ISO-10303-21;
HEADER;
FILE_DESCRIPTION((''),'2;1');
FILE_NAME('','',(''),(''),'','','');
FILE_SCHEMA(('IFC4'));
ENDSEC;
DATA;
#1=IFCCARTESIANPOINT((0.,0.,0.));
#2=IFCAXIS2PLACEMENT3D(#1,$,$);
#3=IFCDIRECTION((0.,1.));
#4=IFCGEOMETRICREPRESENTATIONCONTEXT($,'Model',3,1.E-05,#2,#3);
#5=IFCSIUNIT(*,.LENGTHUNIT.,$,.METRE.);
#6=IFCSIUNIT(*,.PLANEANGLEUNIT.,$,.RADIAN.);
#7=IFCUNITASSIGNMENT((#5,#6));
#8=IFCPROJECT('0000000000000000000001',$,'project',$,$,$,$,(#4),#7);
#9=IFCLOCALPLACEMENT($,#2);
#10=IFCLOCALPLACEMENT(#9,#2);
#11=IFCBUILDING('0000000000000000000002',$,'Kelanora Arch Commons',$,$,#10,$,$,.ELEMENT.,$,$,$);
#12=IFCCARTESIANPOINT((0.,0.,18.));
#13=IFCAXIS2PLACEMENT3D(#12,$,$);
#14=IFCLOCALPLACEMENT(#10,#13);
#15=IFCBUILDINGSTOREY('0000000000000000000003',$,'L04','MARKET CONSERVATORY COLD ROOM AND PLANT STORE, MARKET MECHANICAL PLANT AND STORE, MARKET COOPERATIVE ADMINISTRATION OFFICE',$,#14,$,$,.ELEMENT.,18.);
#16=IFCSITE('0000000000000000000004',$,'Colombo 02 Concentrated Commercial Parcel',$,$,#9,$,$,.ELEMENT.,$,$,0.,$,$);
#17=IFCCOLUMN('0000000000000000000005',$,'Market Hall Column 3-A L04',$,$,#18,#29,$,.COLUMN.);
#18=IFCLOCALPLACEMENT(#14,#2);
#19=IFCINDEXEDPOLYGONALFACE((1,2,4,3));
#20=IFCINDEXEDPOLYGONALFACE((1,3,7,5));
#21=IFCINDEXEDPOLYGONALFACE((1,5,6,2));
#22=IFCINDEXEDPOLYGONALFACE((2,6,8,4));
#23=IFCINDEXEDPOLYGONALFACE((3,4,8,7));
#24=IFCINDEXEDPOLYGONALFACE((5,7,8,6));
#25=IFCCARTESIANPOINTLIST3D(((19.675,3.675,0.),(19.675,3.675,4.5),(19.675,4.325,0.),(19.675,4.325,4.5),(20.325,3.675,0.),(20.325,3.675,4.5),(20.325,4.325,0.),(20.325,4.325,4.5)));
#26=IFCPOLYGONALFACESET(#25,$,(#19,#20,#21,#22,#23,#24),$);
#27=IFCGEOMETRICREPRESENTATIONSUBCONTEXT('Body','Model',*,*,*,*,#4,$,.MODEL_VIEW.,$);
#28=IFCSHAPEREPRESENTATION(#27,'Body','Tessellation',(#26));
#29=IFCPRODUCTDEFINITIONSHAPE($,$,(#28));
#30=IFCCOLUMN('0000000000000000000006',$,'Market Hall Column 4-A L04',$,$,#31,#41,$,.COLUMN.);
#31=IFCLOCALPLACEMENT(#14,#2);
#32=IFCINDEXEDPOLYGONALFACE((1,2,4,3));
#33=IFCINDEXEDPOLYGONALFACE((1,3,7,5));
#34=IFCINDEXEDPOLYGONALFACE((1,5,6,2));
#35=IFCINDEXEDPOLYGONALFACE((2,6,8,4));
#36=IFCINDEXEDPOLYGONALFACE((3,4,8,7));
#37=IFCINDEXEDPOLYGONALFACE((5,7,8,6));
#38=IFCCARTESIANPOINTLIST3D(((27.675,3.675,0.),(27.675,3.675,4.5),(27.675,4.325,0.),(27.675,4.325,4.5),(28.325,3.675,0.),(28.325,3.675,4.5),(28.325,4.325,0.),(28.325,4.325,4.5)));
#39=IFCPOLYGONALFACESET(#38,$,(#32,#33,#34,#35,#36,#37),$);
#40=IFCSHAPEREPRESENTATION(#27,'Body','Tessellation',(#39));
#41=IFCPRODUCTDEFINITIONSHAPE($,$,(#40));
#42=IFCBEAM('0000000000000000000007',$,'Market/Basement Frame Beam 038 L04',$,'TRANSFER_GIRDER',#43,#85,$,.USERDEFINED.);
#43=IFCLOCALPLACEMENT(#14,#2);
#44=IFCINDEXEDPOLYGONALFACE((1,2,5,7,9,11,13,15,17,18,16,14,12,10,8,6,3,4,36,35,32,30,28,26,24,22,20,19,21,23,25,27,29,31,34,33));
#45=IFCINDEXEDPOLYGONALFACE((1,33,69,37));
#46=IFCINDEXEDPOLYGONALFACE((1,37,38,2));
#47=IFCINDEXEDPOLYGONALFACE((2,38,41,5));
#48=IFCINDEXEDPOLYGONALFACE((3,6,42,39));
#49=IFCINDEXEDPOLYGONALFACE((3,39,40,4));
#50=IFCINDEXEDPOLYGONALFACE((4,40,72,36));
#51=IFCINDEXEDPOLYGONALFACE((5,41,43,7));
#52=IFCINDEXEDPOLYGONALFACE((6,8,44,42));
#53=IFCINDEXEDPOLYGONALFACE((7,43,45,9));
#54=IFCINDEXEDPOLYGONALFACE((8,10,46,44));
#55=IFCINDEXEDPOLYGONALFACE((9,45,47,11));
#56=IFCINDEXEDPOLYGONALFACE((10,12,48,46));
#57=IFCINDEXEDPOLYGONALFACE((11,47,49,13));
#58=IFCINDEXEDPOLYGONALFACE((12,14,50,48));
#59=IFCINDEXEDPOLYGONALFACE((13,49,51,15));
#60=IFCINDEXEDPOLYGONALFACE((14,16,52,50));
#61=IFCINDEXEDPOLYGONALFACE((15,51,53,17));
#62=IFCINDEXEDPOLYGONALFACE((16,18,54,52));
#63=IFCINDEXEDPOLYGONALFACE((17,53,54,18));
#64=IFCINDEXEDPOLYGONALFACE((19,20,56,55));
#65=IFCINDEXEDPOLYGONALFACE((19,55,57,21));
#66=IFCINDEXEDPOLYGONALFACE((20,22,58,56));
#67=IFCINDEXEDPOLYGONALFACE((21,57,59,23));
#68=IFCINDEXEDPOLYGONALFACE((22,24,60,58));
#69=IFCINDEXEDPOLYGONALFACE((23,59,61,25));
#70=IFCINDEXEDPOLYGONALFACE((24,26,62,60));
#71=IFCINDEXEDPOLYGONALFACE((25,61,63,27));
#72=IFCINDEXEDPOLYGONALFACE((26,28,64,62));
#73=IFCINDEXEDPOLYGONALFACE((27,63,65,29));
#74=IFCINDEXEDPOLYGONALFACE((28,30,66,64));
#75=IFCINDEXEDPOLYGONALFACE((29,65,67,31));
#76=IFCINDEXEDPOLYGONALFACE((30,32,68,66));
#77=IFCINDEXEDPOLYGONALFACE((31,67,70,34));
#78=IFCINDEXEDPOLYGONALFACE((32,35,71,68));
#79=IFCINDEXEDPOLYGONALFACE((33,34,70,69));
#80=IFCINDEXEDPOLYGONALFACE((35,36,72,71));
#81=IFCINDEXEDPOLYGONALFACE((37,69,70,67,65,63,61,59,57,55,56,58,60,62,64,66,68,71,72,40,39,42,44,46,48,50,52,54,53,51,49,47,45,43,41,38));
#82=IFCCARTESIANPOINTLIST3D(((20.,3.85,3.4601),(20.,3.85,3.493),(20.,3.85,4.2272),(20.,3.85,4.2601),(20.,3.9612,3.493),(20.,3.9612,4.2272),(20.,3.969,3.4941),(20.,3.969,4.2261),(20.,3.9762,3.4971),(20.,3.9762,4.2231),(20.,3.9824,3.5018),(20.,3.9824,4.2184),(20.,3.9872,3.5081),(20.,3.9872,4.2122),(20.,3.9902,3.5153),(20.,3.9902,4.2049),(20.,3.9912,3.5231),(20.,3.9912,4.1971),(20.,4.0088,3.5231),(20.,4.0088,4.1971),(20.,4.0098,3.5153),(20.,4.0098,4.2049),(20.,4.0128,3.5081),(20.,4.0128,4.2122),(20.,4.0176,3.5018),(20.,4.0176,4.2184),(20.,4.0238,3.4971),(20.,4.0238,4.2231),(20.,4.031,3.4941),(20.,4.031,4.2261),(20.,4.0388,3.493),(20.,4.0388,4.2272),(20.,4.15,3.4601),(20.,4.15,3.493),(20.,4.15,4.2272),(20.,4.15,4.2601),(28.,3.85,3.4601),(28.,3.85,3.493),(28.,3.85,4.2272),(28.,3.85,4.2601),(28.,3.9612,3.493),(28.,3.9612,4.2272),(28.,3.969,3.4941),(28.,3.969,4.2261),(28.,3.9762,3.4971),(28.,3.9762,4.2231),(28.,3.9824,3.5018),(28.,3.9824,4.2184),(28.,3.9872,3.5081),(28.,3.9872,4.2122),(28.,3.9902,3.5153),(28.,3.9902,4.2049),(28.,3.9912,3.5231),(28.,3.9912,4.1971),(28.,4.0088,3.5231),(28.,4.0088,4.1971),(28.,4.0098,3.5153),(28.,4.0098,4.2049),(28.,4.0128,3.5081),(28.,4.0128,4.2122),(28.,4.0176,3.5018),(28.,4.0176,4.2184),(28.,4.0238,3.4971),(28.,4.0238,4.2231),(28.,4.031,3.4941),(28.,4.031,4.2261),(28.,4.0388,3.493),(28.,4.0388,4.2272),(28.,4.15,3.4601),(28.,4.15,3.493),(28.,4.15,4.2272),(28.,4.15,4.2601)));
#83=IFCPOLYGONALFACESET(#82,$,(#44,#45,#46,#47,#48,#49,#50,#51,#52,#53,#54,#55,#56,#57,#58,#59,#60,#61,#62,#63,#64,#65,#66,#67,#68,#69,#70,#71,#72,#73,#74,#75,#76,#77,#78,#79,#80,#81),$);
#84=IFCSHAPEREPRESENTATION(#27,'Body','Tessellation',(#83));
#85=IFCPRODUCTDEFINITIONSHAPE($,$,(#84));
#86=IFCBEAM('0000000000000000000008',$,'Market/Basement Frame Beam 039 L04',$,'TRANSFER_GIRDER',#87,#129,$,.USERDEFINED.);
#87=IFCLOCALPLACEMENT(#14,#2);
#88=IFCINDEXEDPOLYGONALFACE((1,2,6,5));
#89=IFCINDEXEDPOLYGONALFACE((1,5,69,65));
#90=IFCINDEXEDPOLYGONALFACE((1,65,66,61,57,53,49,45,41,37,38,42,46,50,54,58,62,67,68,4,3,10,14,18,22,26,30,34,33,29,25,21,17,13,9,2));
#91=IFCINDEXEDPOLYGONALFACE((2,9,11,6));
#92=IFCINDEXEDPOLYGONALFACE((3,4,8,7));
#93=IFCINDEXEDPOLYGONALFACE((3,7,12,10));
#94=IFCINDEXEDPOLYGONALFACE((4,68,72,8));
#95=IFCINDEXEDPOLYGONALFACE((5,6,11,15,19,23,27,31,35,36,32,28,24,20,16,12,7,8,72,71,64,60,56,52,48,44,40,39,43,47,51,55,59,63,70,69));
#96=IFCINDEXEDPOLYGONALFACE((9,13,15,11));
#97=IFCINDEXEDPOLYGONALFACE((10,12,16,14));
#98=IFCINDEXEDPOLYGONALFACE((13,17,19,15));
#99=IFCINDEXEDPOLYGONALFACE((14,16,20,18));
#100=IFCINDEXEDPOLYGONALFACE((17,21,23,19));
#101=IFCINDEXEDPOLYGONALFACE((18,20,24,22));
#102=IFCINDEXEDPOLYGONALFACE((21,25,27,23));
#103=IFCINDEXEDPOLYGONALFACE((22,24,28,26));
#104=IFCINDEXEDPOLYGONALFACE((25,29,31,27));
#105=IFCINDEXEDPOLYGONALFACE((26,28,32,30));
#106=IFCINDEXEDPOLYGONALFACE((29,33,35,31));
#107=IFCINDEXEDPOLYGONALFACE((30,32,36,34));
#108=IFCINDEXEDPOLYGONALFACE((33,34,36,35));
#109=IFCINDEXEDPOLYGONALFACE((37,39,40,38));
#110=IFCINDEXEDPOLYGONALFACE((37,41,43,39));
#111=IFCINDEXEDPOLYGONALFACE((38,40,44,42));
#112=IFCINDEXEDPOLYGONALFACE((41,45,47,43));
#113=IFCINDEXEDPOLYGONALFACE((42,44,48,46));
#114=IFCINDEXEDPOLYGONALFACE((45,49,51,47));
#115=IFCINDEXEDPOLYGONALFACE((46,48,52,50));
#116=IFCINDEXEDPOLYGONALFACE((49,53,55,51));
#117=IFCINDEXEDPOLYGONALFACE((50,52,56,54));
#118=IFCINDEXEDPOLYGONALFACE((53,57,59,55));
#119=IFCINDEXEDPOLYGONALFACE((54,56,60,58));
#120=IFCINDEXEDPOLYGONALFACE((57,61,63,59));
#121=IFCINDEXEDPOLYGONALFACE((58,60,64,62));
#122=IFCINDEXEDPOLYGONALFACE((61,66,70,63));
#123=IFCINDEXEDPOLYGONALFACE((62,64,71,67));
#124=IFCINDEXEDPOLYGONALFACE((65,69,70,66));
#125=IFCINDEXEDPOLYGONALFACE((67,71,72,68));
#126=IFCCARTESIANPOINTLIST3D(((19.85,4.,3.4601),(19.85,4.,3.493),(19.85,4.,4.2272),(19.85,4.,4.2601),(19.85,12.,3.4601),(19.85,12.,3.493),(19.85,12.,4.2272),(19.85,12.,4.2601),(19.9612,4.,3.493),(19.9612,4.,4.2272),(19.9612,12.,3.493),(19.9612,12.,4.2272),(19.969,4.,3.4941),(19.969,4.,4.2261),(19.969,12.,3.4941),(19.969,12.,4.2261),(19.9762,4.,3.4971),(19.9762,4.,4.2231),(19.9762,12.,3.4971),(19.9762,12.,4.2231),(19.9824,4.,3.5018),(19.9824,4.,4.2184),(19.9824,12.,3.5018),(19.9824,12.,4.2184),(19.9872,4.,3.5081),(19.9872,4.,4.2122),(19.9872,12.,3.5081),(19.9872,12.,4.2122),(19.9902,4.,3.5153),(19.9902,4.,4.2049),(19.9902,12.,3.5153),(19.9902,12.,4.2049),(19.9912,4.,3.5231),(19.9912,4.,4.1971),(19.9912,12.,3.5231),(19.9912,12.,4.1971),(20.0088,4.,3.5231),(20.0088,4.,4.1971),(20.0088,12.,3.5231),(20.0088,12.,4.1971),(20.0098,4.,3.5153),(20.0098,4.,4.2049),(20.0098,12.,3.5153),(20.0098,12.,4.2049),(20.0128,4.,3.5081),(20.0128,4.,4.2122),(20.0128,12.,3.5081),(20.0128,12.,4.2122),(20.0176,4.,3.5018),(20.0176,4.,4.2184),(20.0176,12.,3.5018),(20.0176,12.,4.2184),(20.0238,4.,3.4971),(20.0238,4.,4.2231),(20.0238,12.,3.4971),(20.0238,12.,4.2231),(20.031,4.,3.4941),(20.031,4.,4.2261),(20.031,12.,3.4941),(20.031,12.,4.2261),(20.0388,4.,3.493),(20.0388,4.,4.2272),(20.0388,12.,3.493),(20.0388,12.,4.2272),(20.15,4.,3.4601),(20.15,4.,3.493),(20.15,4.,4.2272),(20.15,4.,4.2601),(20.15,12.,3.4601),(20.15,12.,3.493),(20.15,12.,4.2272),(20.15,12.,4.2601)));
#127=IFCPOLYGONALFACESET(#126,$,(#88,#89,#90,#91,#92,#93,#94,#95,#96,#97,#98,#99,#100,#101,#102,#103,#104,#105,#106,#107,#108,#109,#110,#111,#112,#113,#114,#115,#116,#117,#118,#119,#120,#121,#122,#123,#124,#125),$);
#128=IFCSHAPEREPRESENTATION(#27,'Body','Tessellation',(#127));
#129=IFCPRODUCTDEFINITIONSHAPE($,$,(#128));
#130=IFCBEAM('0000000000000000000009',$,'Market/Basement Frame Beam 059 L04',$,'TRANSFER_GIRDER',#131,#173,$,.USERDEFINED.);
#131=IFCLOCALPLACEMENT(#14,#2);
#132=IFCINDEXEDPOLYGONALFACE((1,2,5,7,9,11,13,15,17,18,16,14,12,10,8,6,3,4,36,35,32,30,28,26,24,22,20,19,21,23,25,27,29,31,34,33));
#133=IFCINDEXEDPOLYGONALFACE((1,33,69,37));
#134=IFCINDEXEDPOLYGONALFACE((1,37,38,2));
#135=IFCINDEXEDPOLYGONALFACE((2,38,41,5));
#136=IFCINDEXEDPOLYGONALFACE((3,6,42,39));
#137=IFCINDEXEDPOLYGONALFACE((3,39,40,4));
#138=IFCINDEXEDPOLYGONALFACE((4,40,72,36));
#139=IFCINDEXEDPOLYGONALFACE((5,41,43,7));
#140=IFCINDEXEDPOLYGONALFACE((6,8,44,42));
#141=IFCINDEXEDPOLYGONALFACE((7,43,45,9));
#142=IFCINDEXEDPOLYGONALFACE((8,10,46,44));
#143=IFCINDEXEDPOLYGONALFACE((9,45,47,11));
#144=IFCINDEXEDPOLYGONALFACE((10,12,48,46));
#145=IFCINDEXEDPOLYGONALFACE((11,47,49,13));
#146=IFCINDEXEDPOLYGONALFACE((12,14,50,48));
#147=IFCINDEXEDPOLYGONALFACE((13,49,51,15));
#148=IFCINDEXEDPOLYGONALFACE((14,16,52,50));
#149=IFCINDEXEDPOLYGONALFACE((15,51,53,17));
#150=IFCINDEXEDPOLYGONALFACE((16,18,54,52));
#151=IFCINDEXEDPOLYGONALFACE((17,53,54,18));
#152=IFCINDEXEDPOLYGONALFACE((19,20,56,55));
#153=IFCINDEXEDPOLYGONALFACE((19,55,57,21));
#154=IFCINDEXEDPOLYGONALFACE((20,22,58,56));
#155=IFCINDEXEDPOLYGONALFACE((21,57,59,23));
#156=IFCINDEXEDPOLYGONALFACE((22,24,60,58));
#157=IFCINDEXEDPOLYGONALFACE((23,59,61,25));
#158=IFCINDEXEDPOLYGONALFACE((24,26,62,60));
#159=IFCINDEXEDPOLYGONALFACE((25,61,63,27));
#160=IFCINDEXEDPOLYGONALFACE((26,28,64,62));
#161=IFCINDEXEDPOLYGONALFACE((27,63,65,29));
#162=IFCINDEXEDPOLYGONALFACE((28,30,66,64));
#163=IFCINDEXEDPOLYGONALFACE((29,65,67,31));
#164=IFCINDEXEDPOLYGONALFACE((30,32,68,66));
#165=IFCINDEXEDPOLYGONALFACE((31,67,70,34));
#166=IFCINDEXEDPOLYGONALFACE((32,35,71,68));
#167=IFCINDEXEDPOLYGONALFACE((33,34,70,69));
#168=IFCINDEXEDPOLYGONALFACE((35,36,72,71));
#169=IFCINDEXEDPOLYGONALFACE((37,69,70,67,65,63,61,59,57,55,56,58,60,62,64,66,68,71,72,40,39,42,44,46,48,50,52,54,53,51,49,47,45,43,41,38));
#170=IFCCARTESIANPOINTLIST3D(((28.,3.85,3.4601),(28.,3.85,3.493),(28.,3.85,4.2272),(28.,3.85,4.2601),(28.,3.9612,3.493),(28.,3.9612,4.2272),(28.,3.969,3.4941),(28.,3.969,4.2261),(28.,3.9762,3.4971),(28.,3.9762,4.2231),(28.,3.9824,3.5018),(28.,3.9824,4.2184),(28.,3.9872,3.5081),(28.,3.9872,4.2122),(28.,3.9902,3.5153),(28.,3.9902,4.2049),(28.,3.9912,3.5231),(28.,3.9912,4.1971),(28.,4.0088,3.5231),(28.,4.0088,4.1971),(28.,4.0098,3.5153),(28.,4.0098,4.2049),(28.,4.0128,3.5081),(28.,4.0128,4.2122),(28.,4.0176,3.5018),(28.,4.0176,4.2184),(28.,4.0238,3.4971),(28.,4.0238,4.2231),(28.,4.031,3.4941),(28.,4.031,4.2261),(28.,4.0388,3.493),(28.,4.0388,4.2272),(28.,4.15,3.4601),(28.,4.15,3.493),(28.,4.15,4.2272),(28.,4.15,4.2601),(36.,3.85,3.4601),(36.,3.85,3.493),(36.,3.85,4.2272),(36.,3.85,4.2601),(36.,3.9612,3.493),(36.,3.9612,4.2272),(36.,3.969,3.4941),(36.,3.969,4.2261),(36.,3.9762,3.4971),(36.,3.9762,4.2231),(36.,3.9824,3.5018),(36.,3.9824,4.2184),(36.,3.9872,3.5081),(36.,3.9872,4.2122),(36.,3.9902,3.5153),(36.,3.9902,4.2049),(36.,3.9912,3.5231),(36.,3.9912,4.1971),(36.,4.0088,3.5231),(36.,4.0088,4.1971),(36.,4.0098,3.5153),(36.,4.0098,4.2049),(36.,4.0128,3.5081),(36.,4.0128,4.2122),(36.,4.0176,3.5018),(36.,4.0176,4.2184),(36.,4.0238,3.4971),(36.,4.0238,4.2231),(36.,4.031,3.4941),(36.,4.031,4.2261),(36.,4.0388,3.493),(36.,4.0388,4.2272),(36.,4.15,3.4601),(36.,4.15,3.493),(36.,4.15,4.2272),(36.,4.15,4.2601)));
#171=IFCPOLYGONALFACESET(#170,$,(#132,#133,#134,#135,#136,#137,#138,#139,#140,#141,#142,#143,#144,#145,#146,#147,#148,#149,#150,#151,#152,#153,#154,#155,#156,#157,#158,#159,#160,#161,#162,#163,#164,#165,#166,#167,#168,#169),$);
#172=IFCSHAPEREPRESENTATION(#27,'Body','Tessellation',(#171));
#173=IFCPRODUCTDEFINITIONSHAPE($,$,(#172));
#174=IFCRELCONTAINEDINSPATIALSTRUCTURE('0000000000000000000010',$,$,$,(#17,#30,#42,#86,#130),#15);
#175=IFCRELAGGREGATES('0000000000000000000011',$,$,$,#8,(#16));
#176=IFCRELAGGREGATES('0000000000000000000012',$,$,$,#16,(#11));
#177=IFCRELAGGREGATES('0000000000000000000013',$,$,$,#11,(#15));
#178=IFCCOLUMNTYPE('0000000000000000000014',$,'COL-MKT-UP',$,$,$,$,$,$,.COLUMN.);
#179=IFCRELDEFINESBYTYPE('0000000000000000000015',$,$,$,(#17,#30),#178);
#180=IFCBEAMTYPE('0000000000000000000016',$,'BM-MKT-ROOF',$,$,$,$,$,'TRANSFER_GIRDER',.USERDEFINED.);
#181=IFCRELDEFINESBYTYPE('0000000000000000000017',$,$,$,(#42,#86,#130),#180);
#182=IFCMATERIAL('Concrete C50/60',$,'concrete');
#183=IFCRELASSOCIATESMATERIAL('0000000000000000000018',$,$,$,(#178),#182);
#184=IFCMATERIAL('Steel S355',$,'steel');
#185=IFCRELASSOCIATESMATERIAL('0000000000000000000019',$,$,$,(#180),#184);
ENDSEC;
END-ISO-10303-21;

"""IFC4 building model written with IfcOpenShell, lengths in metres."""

from ifc_helpers import new_model, si_unit, direction, frame, origin, origin_2d, place, context, subcontext, project, spatial, rectangle, i_section, extrude, material, material_profile, profile_set, type_object, element, save


model = new_model("IFC4")

# Units and contexts
model_context = context("Model", 3, precision=1e-05, world=origin(), true_north=direction((0.0, 1.0)))
body_context = subcontext(model_context, "Body", "Model", "MODEL_VIEW")
ifc_project = project(units=[si_unit("LENGTHUNIT", "METRE"), si_unit("PLANEANGLEUNIT", "RADIAN")], contexts=[model_context])

# Site, building, storey
site_placement = place(None, origin())
site = spatial("IfcSite", under=ifc_project, at=site_placement, Name="Colombo 02 Concentrated Commercial Parcel", CompositionType="ELEMENT", RefElevation=0.0)
building_placement = place(site_placement, origin())
building = spatial("IfcBuilding", under=site, at=building_placement, Name="Kelanora Arch Commons", CompositionType="ELEMENT")
storey_placement = place(building_placement, frame((0.0, 0.0, 18.0)))
storey = spatial("IfcBuildingStorey", under=building, at=storey_placement, Name="L04", Description="MARKET CONSERVATORY COLD ROOM AND PLANT STORE, MARKET MECHANICAL PLANT AND STORE, MARKET COOPERATIVE ADMINISTRATION OFFICE", CompositionType="ELEMENT", Elevation=18.0)

# Columns
ifc_material_1 = material(Name="Concrete C50/60", Category="concrete")
ifc_material_profile_1 = material_profile(ifc_material_1, rectangle(XDim=0.6499, YDim=0.6499, at=origin_2d()), Name="RC650x650")
ifc_profile_set_1 = profile_set([ifc_material_profile_1], Name="Concrete C50/60")
column_type = type_object("IfcColumnType", Name="COL-MKT-UP", PredefinedType="COLUMN", material=ifc_profile_set_1)
for number, where, z_axis, x_axis, name in (
    (1, (20.0, 4.0, 0.0), (0.0, 0.0, 1.0), (1.0, 0.0, 0.0), "Market Hall Column 3-A L04"),
    (2, (28.0, 4.0, 0.0), (0.0, 0.0, 1.0), (1.0, 0.0, 0.0), "Market Hall Column 4-A L04"),
):
    element("IfcColumn", number, at=place(storey_placement, frame(where, z_axis=z_axis, x_axis=x_axis)), inside=storey, type_object=column_type, Name=name, PredefinedType="COLUMN", context=body_context, shape_type="SweptSolid", body=[
        extrude(rectangle(XDim=0.6499, YDim=0.6499, at=origin_2d()), origin(), (0.0, 0.0, 1.0), 4.5),
    ])

# Beams
ifc_material_2 = material(Name="Steel S355", Category="steel")
ifc_material_profile_2 = material_profile(ifc_material_2, i_section(OverallWidth=0.3, OverallDepth=0.8, WebThickness=0.0176, FlangeThickness=0.033, FilletRadius=0.03, at=origin_2d()), Name="HEB800")
ifc_profile_set_2 = profile_set([ifc_material_profile_2], Name="Steel S355")
beam_type = type_object("IfcBeamType", Name="BM-MKT-ROOF", ElementType="TRANSFER_GIRDER", PredefinedType="USERDEFINED", material=ifc_profile_set_2)
for number, where, z_axis, x_axis, name in (
    (3, (20.0, 4.0, 3.8601), (1.0, 0.0, 0.0), (0.0, 1.0, 0.0), "Market/Basement Frame Beam 038 L04"),
    (4, (20.0, 4.0, 3.8601), (0.0, 1.0, 0.0), (-1.0, 0.0, 0.0), "Market/Basement Frame Beam 039 L04"),
    (5, (28.0, 4.0, 3.8601), (1.0, 0.0, 0.0), (0.0, 1.0, 0.0), "Market/Basement Frame Beam 059 L04"),
):
    element("IfcBeam", number, at=place(storey_placement, frame(where, z_axis=z_axis, x_axis=x_axis)), inside=storey, type_object=beam_type, Name=name, ObjectType="TRANSFER_GIRDER", PredefinedType="USERDEFINED", context=body_context, shape_type="SweptSolid", body=[
        extrude(i_section(OverallWidth=0.3, OverallDepth=0.8, WebThickness=0.0176, FlangeThickness=0.033, FilletRadius=0.03, at=origin_2d()), origin(), (0.0, 0.0, 1.0), 8.0),
    ])

save(model, "model.ifc")
